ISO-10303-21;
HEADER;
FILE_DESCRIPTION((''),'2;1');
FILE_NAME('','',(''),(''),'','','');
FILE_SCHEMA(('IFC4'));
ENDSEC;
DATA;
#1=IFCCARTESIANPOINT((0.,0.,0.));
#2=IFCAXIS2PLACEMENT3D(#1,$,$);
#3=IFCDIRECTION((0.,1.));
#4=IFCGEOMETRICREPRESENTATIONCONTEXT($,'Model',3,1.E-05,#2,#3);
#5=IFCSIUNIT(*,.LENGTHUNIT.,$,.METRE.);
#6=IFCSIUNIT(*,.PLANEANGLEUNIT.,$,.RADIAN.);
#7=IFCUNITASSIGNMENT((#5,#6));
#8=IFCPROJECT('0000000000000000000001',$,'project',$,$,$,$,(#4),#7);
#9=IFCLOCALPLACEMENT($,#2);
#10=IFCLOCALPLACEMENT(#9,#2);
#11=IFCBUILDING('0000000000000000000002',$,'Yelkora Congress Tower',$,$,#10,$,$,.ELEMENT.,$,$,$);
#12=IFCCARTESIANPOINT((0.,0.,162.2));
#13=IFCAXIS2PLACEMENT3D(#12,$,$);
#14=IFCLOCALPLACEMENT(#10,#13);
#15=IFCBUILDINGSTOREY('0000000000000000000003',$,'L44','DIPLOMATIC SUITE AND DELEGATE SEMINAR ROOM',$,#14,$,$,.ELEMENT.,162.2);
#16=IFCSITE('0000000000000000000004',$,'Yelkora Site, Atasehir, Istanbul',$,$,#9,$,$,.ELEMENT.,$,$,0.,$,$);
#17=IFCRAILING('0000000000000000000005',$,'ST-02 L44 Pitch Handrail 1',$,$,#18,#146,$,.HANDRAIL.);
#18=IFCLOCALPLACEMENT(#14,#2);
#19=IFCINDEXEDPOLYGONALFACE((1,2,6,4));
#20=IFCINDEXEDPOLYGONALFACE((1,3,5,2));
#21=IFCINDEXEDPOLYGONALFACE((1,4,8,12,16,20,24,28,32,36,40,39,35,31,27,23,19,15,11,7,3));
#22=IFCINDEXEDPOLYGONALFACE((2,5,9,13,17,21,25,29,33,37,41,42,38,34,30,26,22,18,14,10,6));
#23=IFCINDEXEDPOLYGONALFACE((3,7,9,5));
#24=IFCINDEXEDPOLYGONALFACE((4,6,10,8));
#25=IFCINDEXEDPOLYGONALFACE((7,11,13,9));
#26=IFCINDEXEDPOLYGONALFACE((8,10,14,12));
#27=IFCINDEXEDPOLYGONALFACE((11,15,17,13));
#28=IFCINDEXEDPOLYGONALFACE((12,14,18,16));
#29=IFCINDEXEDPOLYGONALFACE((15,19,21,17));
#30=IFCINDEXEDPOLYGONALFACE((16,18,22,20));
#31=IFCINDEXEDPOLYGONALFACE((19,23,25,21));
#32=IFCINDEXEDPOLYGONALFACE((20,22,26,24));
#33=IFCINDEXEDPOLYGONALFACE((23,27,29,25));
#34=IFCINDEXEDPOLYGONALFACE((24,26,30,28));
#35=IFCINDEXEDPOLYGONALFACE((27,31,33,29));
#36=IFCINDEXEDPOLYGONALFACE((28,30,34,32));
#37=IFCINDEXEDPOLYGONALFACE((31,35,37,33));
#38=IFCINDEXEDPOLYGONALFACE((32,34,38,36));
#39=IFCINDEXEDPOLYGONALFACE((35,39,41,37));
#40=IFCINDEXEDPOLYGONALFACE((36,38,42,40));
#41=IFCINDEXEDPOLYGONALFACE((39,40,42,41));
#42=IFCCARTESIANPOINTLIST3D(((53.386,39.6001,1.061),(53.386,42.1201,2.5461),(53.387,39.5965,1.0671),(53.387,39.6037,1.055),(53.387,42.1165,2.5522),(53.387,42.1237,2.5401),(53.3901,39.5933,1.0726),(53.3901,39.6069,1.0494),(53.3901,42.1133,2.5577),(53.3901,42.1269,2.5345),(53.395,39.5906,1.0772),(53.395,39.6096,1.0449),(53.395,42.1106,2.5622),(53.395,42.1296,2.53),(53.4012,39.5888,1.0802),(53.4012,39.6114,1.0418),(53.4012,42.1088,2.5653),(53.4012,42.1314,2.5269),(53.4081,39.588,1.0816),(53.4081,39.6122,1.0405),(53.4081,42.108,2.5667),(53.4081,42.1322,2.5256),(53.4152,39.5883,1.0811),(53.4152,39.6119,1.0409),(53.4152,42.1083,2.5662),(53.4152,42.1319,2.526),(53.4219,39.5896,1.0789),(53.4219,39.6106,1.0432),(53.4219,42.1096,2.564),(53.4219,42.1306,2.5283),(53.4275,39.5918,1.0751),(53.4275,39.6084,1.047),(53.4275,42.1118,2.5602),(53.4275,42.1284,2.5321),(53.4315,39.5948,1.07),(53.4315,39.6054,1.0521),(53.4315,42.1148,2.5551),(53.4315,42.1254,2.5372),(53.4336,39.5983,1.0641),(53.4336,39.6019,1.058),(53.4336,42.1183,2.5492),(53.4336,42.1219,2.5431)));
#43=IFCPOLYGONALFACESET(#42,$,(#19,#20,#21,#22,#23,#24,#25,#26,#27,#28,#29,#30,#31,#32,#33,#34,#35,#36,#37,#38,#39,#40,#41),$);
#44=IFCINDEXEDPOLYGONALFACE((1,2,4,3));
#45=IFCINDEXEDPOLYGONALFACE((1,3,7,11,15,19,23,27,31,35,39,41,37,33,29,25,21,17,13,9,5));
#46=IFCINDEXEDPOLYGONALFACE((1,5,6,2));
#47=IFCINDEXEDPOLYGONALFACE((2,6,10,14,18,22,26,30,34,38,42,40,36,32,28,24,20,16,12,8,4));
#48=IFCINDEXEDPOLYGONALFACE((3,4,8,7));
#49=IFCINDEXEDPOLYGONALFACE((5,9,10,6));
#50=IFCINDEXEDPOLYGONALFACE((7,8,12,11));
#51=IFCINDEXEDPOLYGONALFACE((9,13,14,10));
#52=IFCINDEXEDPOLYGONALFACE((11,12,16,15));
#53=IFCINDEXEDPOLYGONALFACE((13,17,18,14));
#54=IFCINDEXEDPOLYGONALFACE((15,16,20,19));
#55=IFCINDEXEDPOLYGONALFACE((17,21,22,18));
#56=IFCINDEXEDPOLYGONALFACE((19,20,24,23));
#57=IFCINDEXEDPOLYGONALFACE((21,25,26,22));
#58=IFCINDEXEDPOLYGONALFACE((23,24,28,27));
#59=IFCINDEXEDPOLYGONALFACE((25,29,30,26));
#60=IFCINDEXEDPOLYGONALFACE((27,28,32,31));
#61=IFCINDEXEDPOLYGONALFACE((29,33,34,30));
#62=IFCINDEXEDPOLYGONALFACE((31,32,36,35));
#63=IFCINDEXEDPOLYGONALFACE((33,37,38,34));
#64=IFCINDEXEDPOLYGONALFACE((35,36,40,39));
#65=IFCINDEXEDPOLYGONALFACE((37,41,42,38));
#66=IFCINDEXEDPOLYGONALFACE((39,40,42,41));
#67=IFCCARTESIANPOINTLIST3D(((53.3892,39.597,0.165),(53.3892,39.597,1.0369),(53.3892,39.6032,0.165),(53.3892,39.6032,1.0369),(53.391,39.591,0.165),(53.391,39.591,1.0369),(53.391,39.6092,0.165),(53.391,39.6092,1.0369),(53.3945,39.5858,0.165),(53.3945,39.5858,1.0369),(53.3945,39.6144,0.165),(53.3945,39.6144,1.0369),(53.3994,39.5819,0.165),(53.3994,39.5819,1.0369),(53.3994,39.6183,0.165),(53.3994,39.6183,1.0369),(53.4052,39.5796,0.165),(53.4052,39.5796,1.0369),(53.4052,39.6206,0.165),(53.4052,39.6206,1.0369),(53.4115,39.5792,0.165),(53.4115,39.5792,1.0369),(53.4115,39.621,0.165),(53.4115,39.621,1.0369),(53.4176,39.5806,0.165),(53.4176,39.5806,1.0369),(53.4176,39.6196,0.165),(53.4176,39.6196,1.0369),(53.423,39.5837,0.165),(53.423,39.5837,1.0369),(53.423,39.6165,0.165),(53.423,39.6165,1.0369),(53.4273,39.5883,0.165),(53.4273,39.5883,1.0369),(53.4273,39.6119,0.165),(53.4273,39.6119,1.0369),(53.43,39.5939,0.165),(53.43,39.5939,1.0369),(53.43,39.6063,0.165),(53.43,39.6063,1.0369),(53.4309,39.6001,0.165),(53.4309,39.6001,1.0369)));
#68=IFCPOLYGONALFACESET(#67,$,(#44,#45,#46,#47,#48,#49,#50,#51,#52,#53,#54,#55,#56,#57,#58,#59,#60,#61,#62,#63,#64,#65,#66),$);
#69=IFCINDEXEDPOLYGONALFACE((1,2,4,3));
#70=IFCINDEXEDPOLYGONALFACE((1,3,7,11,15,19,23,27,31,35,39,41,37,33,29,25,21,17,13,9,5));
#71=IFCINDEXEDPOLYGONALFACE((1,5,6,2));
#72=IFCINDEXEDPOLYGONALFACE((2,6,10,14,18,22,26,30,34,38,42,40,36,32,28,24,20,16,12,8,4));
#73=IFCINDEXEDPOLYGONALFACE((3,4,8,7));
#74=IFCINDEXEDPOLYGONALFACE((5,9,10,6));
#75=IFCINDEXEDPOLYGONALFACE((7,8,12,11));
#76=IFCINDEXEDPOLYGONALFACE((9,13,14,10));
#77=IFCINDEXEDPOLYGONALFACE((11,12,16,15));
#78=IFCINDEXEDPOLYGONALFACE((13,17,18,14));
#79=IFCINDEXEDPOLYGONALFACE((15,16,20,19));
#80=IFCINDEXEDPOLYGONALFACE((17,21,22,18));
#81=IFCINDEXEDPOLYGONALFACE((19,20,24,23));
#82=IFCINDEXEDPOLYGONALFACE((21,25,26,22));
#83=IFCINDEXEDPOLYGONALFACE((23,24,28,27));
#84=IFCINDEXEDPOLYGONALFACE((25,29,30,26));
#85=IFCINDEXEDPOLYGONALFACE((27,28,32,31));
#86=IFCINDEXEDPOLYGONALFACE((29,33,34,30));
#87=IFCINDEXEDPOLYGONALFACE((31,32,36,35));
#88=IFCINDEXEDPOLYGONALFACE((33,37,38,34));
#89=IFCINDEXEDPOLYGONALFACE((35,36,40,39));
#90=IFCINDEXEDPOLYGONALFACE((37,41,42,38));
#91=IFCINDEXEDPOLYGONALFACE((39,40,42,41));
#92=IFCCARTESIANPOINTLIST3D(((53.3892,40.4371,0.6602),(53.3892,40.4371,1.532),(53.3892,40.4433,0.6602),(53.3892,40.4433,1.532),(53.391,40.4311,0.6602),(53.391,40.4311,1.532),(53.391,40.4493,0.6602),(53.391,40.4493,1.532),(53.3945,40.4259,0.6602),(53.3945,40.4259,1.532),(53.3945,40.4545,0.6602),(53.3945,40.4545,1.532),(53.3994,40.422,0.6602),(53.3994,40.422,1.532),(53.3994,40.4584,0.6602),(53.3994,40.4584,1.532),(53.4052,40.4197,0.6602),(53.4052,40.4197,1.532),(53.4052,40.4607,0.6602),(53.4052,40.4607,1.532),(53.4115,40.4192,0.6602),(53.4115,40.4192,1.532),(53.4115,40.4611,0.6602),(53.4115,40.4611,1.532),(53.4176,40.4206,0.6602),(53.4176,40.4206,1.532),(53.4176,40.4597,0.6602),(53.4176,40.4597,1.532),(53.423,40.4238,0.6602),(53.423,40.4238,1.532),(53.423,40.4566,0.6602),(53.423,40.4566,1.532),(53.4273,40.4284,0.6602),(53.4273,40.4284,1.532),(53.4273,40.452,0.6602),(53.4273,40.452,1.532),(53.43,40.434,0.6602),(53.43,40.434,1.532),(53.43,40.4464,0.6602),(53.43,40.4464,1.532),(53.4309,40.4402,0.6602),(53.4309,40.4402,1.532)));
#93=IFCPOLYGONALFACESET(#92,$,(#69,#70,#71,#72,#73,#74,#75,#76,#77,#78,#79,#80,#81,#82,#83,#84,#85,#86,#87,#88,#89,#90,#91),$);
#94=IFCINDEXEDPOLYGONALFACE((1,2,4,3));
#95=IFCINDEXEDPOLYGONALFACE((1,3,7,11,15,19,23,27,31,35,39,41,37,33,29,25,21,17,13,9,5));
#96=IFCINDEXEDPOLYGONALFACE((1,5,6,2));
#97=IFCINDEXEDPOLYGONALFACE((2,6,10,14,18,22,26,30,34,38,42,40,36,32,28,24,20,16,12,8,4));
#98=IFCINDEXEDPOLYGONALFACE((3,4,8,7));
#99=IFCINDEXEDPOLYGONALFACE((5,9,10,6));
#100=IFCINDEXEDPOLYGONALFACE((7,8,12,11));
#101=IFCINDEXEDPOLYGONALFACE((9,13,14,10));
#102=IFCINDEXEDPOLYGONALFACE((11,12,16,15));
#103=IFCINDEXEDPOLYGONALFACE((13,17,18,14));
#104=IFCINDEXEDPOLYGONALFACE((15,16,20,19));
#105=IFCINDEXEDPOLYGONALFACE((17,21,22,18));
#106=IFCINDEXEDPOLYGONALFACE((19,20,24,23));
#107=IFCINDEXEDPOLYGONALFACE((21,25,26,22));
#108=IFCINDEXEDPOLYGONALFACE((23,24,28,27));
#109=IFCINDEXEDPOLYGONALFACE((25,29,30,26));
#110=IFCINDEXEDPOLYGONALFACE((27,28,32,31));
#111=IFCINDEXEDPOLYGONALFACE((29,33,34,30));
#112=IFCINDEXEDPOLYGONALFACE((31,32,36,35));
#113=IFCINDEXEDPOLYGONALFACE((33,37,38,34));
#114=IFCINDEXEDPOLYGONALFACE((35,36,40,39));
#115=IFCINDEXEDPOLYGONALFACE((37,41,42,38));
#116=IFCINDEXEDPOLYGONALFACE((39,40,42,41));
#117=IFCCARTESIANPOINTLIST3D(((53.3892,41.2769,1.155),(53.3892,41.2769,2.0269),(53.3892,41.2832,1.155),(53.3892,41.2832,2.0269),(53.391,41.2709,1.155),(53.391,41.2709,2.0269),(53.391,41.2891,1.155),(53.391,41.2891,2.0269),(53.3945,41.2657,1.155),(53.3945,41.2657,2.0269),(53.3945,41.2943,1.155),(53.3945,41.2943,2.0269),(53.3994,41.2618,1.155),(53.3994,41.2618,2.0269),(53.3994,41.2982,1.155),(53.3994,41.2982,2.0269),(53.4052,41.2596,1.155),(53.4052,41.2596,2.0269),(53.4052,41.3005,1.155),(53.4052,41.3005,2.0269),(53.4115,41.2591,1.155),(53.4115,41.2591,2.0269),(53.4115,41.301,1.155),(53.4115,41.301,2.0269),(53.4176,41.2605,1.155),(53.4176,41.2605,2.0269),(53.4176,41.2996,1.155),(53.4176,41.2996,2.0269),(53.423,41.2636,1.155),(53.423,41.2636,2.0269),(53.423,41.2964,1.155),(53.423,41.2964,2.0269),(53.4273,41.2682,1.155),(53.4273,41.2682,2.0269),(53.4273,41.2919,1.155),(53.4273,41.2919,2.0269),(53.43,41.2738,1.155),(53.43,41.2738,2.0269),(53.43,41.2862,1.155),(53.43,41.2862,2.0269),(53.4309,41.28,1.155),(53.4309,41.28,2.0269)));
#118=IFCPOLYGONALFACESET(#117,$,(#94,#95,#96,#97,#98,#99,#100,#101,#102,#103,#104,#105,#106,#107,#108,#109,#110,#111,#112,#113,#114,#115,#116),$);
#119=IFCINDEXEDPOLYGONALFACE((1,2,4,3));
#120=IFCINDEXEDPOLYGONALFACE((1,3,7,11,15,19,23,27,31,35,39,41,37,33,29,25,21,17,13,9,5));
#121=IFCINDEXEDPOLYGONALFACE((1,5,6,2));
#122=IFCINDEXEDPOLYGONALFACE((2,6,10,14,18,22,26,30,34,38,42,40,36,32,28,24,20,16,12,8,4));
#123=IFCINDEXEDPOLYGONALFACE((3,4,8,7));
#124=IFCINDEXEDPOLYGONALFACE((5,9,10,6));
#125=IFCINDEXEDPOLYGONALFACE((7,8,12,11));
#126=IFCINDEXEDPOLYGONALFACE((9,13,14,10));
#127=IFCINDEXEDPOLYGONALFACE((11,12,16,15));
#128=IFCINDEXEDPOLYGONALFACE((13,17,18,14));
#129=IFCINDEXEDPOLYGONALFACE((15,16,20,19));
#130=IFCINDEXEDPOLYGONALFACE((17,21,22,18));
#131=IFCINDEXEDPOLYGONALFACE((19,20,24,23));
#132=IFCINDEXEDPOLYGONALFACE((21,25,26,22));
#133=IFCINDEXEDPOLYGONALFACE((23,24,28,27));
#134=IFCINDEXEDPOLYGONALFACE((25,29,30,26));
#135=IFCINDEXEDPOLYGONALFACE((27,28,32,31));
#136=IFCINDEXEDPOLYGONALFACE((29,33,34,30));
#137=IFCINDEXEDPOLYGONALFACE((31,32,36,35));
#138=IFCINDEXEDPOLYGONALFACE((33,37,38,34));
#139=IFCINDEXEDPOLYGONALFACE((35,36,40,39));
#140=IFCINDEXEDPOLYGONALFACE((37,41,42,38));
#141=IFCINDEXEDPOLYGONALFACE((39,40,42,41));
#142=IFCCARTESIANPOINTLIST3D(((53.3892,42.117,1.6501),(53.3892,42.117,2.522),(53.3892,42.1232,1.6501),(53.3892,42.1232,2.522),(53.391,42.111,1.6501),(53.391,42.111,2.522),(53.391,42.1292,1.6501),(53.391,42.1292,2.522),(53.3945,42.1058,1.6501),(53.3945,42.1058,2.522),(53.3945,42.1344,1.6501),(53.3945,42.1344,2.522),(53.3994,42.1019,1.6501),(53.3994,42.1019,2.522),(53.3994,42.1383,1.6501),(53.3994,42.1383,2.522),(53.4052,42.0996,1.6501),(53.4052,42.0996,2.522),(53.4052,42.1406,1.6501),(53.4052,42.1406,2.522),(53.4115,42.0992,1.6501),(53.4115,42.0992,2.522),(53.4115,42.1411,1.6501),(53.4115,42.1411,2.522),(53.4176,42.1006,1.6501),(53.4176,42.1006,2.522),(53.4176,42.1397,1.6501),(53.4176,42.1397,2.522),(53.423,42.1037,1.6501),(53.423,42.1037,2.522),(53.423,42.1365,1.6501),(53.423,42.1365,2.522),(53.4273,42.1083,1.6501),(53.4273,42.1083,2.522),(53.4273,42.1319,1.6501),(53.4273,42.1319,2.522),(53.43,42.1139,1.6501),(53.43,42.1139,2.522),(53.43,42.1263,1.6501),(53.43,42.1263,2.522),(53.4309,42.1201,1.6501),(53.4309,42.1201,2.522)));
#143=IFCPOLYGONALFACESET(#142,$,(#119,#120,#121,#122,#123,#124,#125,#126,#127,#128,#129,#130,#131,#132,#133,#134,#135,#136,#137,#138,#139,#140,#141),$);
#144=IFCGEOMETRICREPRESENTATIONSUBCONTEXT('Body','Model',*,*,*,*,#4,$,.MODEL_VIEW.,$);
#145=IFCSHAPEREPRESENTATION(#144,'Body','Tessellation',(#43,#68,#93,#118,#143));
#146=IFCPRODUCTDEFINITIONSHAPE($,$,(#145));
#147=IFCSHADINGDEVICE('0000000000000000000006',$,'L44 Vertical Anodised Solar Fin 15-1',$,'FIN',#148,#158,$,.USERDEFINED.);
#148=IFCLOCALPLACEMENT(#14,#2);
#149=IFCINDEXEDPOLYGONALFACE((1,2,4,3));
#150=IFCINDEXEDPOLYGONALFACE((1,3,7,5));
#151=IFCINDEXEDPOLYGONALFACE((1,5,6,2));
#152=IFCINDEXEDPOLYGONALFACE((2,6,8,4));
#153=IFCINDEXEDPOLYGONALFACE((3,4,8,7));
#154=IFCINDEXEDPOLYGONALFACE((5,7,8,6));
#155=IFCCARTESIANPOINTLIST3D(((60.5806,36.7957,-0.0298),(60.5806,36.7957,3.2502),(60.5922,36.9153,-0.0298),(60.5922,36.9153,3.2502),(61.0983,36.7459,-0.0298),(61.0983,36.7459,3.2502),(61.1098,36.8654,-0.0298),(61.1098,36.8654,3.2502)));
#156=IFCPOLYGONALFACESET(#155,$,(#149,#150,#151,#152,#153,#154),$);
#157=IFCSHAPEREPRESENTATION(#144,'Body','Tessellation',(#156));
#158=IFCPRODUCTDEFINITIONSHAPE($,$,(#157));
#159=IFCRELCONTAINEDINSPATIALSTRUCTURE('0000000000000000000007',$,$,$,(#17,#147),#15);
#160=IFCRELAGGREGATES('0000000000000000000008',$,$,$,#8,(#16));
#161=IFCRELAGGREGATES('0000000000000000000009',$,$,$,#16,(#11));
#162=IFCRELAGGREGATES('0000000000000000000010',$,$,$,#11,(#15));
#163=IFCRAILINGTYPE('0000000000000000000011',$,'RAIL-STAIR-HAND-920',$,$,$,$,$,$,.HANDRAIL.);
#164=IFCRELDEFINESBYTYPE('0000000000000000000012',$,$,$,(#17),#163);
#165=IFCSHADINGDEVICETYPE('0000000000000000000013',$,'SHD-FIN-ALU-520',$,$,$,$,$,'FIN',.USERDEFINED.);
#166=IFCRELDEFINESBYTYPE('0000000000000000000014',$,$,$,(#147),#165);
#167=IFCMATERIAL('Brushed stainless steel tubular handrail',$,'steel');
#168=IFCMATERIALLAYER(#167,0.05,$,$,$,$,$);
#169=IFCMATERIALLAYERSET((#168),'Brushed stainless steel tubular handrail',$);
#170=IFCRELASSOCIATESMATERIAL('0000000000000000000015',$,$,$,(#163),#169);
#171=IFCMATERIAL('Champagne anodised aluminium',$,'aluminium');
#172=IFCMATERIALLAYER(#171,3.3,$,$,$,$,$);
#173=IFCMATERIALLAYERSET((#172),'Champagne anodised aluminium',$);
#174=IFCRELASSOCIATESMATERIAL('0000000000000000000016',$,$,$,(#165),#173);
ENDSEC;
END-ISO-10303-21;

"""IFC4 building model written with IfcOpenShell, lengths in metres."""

from ifc_helpers import new_model, si_unit, direction, frame, origin, origin_2d, place, context, subcontext, project, spatial, rectangle, circle, extrude, material, layer, layer_set, type_object, element, save


model = new_model("IFC4")

# Units and contexts
model_context = context("Model", 3, precision=1e-05, world=origin(), true_north=direction((0.0, 1.0)))
body_context = subcontext(model_context, "Body", "Model", "MODEL_VIEW")
ifc_project = project(units=[si_unit("LENGTHUNIT", "METRE"), si_unit("PLANEANGLEUNIT", "RADIAN")], contexts=[model_context])

# Site, building, storey
site_placement = place(None, origin())
site = spatial("IfcSite", under=ifc_project, at=site_placement, Name="Yelkora Site, Atasehir, Istanbul", CompositionType="ELEMENT", RefElevation=0.0)
building_placement = place(site_placement, origin())
building = spatial("IfcBuilding", under=site, at=building_placement, Name="Yelkora Congress Tower", CompositionType="ELEMENT")
storey_placement = place(building_placement, frame((0.0, 0.0, 162.2)))
storey = spatial("IfcBuildingStorey", under=building, at=storey_placement, Name="L44", Description="DIPLOMATIC SUITE AND DELEGATE SEMINAR ROOM", CompositionType="ELEMENT", Elevation=162.2)

# Railing
ifc_material_1 = material(Name="Brushed stainless steel tubular handrail", Category="steel")
ifc_layer_1 = layer(ifc_material_1, 0.05)
ifc_layer_set_1 = layer_set([ifc_layer_1], Name="Brushed stainless steel tubular handrail")
railing_type_1 = type_object("IfcRailingType", Name="RAIL-STAIR-HAND-920", PredefinedType="HANDRAIL", material=ifc_layer_set_1)
railing_1_placement = place(storey_placement, frame((53.4099, 39.6001, 0.165)))
element("IfcRailing", 1, at=railing_1_placement, inside=storey, type_object=railing_type_1, Name="ST-02 L44 Pitch Handrail 1", PredefinedType="HANDRAIL", context=body_context, shape_type="SweptSolid", body=[
    extrude(circle(Radius=0.0239, at=origin_2d()), frame((0.0, 0.0, 0.896), z_axis=(0.0, 0.861524, 0.507717), x_axis=(-1.0, 0.0, 0.0)), (0.0, 0.0, 1.0), 2.925),
    extrude(circle(Radius=0.021, at=origin_2d()), origin(), (0.0, 0.0, 1.0), 0.8718),
    extrude(circle(Radius=0.021, at=origin_2d()), frame((0.0, 0.8401, 0.4951)), (0.0, 0.0, 1.0), 0.8718),
    extrude(circle(Radius=0.021, at=origin_2d()), frame((0.0, 1.6799, 0.99)), (0.0, 0.0, 1.0), 0.8718),
    extrude(circle(Radius=0.021, at=origin_2d()), frame((0.0, 2.52, 1.4851)), (0.0, 0.0, 1.0), 0.8718),
])

# Shading device
ifc_material_2 = material(Name="Champagne anodised aluminium", Category="aluminium")
ifc_layer_2 = layer(ifc_material_2, 3.3)
ifc_layer_set_2 = layer_set([ifc_layer_2], Name="Champagne anodised aluminium")
shading_device_type = type_object("IfcShadingDeviceType", Name="SHD-FIN-ALU-520", ElementType="FIN", PredefinedType="USERDEFINED", material=ifc_layer_set_2)
shading_device_placement = place(storey_placement, frame((60.8452, 36.8306, -0.0298), z_axis=(0.0, 0.0, 1.0), x_axis=(-0.095846, -0.995396, 0.0)))
element("IfcShadingDevice", 2, at=shading_device_placement, inside=storey, type_object=shading_device_type, Name="L44 Vertical Anodised Solar Fin 15-1", ObjectType="FIN", PredefinedType="USERDEFINED", context=body_context, shape_type="SweptSolid", body=[
    extrude(rectangle(XDim=0.1201, YDim=0.52, at=origin_2d()), origin(), (0.0, 0.0, 1.0), 3.28),
])

save(model, "model.ifc")
